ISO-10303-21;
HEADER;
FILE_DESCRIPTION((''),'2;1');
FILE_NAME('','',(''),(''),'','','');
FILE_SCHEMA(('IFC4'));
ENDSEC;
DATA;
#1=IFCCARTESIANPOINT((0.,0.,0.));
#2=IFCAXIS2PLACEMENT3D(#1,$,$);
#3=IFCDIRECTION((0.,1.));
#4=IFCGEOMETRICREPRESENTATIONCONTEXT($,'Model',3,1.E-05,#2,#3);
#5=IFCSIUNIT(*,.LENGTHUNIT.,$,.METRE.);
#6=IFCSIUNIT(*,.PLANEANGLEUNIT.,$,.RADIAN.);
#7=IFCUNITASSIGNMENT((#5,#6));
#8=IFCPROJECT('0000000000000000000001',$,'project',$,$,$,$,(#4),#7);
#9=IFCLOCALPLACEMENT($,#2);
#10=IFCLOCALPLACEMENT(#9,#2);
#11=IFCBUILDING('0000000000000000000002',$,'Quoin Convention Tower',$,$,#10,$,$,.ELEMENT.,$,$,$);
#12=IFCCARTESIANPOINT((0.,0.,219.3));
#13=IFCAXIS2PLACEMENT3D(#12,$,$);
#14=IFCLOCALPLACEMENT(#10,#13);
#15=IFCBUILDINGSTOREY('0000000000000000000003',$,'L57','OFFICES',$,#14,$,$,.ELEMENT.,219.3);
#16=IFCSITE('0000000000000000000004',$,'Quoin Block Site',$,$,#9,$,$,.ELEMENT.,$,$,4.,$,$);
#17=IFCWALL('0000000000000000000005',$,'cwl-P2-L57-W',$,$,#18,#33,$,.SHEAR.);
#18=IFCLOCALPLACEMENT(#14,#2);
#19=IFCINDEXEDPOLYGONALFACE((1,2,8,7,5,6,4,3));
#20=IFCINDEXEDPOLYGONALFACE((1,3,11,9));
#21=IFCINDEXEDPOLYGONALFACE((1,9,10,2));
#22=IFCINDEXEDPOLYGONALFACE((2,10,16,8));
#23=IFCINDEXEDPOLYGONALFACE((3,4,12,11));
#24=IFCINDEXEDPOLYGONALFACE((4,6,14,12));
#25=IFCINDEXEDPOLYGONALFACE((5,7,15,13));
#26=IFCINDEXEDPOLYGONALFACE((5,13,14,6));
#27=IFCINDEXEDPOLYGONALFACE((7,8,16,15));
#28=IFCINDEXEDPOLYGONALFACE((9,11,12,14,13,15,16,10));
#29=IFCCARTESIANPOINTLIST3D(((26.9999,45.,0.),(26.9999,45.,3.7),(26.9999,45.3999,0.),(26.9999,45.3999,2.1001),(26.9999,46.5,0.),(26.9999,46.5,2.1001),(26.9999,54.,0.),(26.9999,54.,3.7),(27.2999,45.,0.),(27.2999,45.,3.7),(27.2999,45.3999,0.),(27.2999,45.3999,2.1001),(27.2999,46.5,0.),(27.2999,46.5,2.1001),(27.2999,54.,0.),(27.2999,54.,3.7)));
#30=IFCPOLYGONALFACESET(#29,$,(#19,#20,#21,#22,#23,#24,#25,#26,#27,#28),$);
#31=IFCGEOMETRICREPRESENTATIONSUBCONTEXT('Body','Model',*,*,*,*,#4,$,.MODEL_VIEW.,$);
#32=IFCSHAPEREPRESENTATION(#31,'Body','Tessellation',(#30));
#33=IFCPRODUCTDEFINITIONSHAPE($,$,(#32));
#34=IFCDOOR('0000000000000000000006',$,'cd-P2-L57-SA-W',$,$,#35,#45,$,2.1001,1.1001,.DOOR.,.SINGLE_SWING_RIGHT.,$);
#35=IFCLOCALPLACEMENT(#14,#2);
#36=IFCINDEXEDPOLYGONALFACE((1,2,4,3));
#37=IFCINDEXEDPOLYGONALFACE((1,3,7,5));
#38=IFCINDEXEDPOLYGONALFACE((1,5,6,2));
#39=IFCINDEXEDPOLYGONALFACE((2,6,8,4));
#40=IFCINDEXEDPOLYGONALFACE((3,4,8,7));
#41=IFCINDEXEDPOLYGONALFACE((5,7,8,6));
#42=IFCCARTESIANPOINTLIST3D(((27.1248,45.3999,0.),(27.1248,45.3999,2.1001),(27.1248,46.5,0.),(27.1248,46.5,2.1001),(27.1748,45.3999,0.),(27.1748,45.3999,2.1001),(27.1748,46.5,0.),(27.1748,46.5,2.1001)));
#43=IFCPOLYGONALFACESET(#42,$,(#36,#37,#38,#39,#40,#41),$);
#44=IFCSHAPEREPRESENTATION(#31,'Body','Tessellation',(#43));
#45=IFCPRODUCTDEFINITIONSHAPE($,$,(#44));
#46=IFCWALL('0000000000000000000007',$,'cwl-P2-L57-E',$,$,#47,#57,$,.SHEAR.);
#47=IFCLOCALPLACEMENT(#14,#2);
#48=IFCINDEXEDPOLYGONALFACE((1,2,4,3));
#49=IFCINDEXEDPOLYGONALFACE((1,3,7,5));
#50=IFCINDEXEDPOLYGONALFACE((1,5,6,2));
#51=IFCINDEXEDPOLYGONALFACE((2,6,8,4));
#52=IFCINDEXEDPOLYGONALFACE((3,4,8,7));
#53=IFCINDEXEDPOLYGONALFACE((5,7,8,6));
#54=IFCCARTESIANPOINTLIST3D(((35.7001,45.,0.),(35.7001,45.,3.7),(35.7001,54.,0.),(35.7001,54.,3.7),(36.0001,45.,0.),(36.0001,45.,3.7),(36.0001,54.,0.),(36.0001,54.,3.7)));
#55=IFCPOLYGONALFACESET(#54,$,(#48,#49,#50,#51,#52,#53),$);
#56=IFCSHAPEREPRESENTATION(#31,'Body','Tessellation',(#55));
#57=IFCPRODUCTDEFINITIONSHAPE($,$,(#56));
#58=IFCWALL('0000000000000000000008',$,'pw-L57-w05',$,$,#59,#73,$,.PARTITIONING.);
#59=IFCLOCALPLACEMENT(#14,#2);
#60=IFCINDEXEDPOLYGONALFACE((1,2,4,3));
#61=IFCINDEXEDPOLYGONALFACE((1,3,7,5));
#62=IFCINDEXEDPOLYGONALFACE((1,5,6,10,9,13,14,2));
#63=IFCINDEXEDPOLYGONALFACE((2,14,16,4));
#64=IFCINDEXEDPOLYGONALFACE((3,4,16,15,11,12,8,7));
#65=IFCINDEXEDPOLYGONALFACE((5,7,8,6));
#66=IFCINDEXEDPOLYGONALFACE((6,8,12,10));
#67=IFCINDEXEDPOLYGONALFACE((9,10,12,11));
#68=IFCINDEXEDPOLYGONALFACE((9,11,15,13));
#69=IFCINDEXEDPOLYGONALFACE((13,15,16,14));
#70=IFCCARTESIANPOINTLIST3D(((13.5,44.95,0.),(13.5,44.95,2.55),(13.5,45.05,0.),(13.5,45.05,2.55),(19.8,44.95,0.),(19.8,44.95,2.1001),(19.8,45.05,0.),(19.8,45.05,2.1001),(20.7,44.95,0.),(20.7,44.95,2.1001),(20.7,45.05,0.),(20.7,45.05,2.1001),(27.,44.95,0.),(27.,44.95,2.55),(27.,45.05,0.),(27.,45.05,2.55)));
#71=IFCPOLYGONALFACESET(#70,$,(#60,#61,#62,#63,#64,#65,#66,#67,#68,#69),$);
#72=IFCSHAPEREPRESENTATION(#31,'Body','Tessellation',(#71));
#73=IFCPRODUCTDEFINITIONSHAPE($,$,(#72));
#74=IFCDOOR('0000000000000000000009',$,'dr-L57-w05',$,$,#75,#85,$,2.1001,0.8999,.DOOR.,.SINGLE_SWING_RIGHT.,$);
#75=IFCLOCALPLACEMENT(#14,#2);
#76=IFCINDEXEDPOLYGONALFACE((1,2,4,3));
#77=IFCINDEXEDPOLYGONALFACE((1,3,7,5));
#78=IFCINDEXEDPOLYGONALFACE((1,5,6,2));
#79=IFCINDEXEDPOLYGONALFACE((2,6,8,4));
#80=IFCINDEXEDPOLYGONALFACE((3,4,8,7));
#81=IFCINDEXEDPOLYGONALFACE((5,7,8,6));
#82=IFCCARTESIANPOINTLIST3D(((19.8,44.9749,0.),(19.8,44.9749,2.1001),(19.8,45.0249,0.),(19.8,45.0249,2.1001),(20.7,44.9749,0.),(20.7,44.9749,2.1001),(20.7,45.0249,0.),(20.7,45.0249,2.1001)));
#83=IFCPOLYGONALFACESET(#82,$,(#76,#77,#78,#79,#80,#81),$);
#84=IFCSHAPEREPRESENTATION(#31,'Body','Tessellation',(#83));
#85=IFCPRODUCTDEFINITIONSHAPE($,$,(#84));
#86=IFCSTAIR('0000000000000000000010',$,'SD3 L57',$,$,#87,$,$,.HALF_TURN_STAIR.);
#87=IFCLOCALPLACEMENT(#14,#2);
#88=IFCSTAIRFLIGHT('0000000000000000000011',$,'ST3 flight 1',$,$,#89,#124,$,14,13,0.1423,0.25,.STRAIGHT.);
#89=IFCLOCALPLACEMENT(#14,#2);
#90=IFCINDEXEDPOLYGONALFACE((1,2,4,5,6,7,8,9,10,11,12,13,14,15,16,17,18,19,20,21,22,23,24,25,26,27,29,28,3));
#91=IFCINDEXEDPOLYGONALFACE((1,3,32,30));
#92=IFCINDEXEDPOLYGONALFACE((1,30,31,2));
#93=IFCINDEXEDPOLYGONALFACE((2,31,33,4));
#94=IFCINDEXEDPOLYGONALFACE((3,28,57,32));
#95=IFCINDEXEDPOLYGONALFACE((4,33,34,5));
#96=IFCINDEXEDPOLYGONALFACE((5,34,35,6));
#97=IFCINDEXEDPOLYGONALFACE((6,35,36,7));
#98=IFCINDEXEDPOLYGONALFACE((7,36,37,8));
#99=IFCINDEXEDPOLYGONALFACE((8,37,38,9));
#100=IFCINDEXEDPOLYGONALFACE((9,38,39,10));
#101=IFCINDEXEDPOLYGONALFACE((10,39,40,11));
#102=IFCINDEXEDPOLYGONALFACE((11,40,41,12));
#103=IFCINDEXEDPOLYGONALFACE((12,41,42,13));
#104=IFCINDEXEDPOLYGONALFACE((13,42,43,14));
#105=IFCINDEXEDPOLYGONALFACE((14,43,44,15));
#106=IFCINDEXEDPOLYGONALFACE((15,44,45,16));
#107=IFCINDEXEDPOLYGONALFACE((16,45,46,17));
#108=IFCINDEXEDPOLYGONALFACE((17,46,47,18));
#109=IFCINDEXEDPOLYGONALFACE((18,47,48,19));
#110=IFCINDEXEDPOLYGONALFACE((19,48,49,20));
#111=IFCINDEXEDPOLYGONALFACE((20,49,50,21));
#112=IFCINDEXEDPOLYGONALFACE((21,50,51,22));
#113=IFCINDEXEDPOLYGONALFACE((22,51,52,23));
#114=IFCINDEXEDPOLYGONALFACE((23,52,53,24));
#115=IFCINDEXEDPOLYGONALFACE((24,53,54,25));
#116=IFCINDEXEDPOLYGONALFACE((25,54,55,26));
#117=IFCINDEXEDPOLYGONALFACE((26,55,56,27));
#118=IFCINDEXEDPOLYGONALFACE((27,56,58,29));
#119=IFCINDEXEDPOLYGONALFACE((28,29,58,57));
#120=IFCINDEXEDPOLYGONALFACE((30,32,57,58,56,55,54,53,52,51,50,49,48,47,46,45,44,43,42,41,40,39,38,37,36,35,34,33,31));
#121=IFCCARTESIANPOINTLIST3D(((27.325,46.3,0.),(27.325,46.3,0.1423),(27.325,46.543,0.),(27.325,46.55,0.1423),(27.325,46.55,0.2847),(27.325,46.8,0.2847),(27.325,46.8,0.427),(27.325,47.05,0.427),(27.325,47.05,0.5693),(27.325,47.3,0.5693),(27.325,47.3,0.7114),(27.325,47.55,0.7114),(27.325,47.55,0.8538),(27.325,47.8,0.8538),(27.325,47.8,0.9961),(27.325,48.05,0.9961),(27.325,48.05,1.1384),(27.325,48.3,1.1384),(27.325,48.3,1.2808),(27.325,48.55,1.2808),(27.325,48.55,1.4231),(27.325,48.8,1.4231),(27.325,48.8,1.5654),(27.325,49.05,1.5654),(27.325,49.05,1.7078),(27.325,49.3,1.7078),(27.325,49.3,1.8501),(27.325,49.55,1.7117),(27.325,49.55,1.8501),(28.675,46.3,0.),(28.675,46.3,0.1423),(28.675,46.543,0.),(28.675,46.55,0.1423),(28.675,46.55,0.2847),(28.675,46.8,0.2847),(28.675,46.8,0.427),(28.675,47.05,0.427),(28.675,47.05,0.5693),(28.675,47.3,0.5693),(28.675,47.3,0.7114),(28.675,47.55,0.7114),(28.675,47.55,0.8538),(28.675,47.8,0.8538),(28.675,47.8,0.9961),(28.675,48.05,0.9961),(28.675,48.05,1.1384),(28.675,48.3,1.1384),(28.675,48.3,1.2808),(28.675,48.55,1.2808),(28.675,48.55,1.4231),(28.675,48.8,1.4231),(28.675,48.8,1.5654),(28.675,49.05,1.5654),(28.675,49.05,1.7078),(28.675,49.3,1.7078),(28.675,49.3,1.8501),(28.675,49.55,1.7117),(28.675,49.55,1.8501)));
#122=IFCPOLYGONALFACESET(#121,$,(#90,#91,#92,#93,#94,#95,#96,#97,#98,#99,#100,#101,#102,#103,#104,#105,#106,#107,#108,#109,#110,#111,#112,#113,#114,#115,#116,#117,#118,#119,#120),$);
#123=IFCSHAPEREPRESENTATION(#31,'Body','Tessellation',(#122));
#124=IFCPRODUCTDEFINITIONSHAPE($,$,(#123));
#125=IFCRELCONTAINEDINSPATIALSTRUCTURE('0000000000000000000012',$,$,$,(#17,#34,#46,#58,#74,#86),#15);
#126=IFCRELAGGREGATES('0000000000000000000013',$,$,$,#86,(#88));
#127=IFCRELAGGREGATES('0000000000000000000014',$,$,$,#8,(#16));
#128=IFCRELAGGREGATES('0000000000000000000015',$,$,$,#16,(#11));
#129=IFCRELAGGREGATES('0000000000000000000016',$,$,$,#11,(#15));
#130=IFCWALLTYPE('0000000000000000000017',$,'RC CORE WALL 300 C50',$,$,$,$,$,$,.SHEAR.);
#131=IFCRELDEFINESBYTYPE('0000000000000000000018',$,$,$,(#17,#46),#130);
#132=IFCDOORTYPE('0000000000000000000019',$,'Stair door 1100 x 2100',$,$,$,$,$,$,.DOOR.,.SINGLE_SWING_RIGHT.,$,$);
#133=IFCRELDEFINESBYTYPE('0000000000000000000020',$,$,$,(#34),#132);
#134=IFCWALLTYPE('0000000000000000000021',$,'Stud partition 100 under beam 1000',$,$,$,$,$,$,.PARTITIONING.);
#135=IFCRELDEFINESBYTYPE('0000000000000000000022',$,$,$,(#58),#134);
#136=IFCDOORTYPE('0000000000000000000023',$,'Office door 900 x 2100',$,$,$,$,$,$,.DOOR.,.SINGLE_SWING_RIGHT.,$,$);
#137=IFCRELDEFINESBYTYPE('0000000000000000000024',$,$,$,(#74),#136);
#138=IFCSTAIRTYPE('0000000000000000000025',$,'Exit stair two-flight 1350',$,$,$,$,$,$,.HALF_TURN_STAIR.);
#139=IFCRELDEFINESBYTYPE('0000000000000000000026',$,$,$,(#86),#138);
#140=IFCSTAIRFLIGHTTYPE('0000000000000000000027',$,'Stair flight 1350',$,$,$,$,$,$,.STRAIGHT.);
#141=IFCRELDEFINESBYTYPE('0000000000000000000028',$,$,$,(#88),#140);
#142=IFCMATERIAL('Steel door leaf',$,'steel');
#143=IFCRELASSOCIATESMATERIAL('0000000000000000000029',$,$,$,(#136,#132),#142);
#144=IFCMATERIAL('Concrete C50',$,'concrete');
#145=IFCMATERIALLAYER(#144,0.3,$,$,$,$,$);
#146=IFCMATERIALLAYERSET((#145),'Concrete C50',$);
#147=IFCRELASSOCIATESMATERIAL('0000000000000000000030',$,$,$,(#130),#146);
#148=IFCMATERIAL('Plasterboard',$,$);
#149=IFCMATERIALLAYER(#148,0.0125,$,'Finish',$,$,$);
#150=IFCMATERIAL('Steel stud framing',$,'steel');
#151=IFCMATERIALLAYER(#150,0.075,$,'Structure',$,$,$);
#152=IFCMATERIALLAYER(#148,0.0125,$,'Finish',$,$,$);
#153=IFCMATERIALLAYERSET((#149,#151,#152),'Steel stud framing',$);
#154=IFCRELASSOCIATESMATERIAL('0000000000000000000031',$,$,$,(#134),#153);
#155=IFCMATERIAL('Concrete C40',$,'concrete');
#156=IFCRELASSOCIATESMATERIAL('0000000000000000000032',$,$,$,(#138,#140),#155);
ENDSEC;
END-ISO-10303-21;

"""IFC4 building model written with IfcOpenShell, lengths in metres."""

from ifc_helpers import new_model, si_unit, direction, frame, frame_2d, origin, place, context, subcontext, project, spatial, polyline, rectangle, outline, extrude, material, layer, layer_set, type_object, element, fill, aggregate, save


model = new_model("IFC4")

# Units and contexts
model_context = context("Model", 3, precision=1e-05, world=origin(), true_north=direction((0.0, 1.0)))
body_context = subcontext(model_context, "Body", "Model", "MODEL_VIEW")
ifc_project = project(units=[si_unit("LENGTHUNIT", "METRE"), si_unit("PLANEANGLEUNIT", "RADIAN")], contexts=[model_context])

# Site, building, storey
site_placement = place(None, origin())
site = spatial("IfcSite", under=ifc_project, at=site_placement, Name="Quoin Block Site", CompositionType="ELEMENT", RefElevation=4.0)
building_placement = place(site_placement, origin())
building = spatial("IfcBuilding", under=site, at=building_placement, Name="Quoin Convention Tower", CompositionType="ELEMENT")
storey_placement = place(building_placement, frame((0.0, 0.0, 219.3)))
storey = spatial("IfcBuildingStorey", under=building, at=storey_placement, Name="L57", Description="OFFICES", CompositionType="ELEMENT", Elevation=219.3)

# Shared definitions
ifc_material_1 = material(Name="Concrete C50", Category="concrete")

# Wall, opening, door
ifc_material_2 = material(Name="Plasterboard")
ifc_material_3 = material(Name="Steel stud framing", Category="steel")
ifc_material_4 = material(Name="Steel door leaf", Category="steel")
door_type_1 = type_object("IfcDoorType", Name="Office door 900 x 2100", OperationType="SINGLE_SWING_RIGHT", PredefinedType="DOOR", material=ifc_material_4)
ifc_layer_1 = layer(ifc_material_1, 0.3)
ifc_layer_set_1 = layer_set([ifc_layer_1], Name="Concrete C50")
wall_type_1 = type_object("IfcWallType", Name="RC CORE WALL 300 C50", PredefinedType="SHEAR", material=ifc_layer_set_1)
wall_1_placement = place(storey_placement, frame((27.1499, 45.0, 0.0), z_axis=(0.0, 0.0, 1.0), x_axis=(0.0, 1.0, 0.0)))
wall_1 = element("IfcWall", 1, at=wall_1_placement, inside=storey, type_object=wall_type_1, Name="cwl-P2-L57-W", PredefinedType="SHEAR", context=body_context, shape_type="SweptSolid", body=[
    extrude(rectangle(XDim=9.0, YDim=0.3, at=frame_2d((4.5, 0.0))), origin(), (0.0, 0.0, 1.0), 3.7),
])
opening_1_placement = place(wall_1_placement, frame((0.3999, 0.0, 0.0)))
opening_1 = element("IfcOpeningElement", 2, at=opening_1_placement, cuts=wall_1, PredefinedType="OPENING", context=body_context, shape_type="SweptSolid", body=[
    extrude(rectangle(XDim=1.1001, YDim=2.1001, at=frame_2d((0.55, 1.05))), frame((0.0, 0.1599, 0.0), z_axis=(0.0, -1.0, 0.0), x_axis=(1.0, 0.0, 0.0)), (0.0, 0.0, 1.0), 0.3201),
])
door_type_2 = type_object("IfcDoorType", Name="Stair door 1100 x 2100", OperationType="SINGLE_SWING_RIGHT", PredefinedType="DOOR", material=ifc_material_4)
door_1_placement = place(opening_1_placement, frame((1.1001, 0.0, 0.0), z_axis=(0.0, 0.0, 1.0), x_axis=(-1.0, 0.0, 0.0)))
door_1 = element("IfcDoor", 3, at=door_1_placement, inside=storey, type_object=door_type_2, Name="cd-P2-L57-SA-W", OperationType="SINGLE_SWING_RIGHT", OverallHeight=2.1001, OverallWidth=1.1001, PredefinedType="DOOR", context=body_context, shape_type="SweptSolid", body=[
    extrude(rectangle(XDim=1.1001, YDim=2.1001, at=frame_2d((0.55, 1.05))), frame((0.0, 0.0249, 0.0), z_axis=(0.0, -1.0, 0.0), x_axis=(1.0, 0.0, 0.0)), (0.0, 0.0, 1.0), 0.05),
])
fill(opening_1, door_1)

# Wall
wall_2_placement = place(storey_placement, frame((35.8501, 45.0, 0.0), z_axis=(0.0, 0.0, 1.0), x_axis=(0.0, 1.0, 0.0)))
element("IfcWall", 4, at=wall_2_placement, inside=storey, type_object=wall_type_1, Name="cwl-P2-L57-E", PredefinedType="SHEAR", context=body_context, shape_type="SweptSolid", body=[
    extrude(rectangle(XDim=9.0, YDim=0.3, at=frame_2d((4.5, 0.0))), origin(), (0.0, 0.0, 1.0), 3.7),
])

# Wall, opening, door
ifc_layer_2 = layer(ifc_material_2, 0.0125, Name="Finish")
ifc_layer_3 = layer(ifc_material_3, 0.075, Name="Structure")
ifc_layer_4 = layer(ifc_material_2, 0.0125, Name="Finish")
ifc_layer_set_2 = layer_set([ifc_layer_2, ifc_layer_3, ifc_layer_4], Name="Steel stud framing")
wall_type_2 = type_object("IfcWallType", Name="Stud partition 100 under beam 1000", PredefinedType="PARTITIONING", material=ifc_layer_set_2)
wall_3_placement = place(storey_placement, frame((13.5, 45.0, 0.0), z_axis=(0.0, 0.0, 1.0), x_axis=(1.0, 0.0, 0.0)))
wall_3 = element("IfcWall", 5, at=wall_3_placement, inside=storey, type_object=wall_type_2, Name="pw-L57-w05", PredefinedType="PARTITIONING", context=body_context, shape_type="SweptSolid", body=[
    extrude(rectangle(XDim=13.5, YDim=0.1001, at=frame_2d((6.75, 0.0))), origin(), (0.0, 0.0, 1.0), 2.55),
])
opening_2_placement = place(wall_3_placement, frame((6.3, 0.0, 0.0)))
opening_2 = element("IfcOpeningElement", 6, at=opening_2_placement, cuts=wall_3, PredefinedType="OPENING", context=body_context, shape_type="SweptSolid", body=[
    extrude(rectangle(XDim=0.8999, YDim=2.1001, at=frame_2d((0.45, 1.05))), frame((0.0, 0.0601, 0.0), z_axis=(0.0, -1.0, 0.0), x_axis=(1.0, 0.0, 0.0)), (0.0, 0.0, 1.0), 0.1201),
])
door_2_placement = place(opening_2_placement, origin())
door_2 = element("IfcDoor", 7, at=door_2_placement, inside=storey, type_object=door_type_1, Name="dr-L57-w05", OperationType="SINGLE_SWING_RIGHT", OverallHeight=2.1001, OverallWidth=0.8999, PredefinedType="DOOR", context=body_context, shape_type="SweptSolid", body=[
    extrude(rectangle(XDim=0.8999, YDim=2.1001, at=frame_2d((0.45, 1.05))), frame((0.0, 0.0249, 0.0), z_axis=(0.0, -1.0, 0.0), x_axis=(1.0, 0.0, 0.0)), (0.0, 0.0, 1.0), 0.05),
])
fill(opening_2, door_2)

# Stair, stair flight
ifc_material_5 = material(Name="Concrete C40", Category="concrete")
stair_type = type_object("IfcStairType", Name="Exit stair two-flight 1350", PredefinedType="HALF_TURN_STAIR", material=ifc_material_5)
stair_placement = place(storey_placement, origin())
stair = element("IfcStair", 8, at=stair_placement, inside=storey, type_object=stair_type, Name="SD3 L57", PredefinedType="HALF_TURN_STAIR")
stair_flight_type = type_object("IfcStairFlightType", Name="Stair flight 1350", PredefinedType="STRAIGHT", material=ifc_material_5)
stair_flight_placement = place(storey_placement, frame((28.0, 46.3, 0.0), z_axis=(0.0, 0.0, 1.0), x_axis=(0.0, 1.0, 0.0)))
stair_flight = element("IfcStairFlight", 9, at=stair_flight_placement, type_object=stair_flight_type, Name="ST3 flight 1", NumberOfRisers=14, NumberOfTreads=13, PredefinedType="STRAIGHT", RiserHeight=0.1423, TreadLength=0.25, context=body_context, shape_type="SweptSolid", body=[
    extrude(outline(polyline([(0.0, 0.0), (0.0, 0.1423), (0.25, 0.1423), (0.25, 0.2847), (0.5, 0.2847), (0.5, 0.427), (0.75, 0.427), (0.75, 0.5693), (1.0, 0.5693), (1.0, 0.7114), (1.25, 0.7114), (1.25, 0.8538), (1.5, 0.8538), (1.5, 0.9961), (1.75, 0.9961), (1.75, 1.1384), (2.0, 1.1384), (2.0, 1.2808), (2.25, 1.2808), (2.25, 1.4231), (2.5, 1.4231), (2.5, 1.5654), (2.75, 1.5654), (2.75, 1.7078), (3.0, 1.7078), (3.0, 1.8501), (3.25, 1.8501), (3.25, 1.9922), (3.25, 1.7117), (0.2429, 0.0), (0.0, 0.0)])), frame((0.0, 0.675, 0.0), z_axis=(0.0, -1.0, 0.0), x_axis=(1.0, 0.0, 0.0)), (0.0, 0.0, 1.0), 1.3501),
])
aggregate(stair, [stair_flight])

save(model, "model.ifc")
